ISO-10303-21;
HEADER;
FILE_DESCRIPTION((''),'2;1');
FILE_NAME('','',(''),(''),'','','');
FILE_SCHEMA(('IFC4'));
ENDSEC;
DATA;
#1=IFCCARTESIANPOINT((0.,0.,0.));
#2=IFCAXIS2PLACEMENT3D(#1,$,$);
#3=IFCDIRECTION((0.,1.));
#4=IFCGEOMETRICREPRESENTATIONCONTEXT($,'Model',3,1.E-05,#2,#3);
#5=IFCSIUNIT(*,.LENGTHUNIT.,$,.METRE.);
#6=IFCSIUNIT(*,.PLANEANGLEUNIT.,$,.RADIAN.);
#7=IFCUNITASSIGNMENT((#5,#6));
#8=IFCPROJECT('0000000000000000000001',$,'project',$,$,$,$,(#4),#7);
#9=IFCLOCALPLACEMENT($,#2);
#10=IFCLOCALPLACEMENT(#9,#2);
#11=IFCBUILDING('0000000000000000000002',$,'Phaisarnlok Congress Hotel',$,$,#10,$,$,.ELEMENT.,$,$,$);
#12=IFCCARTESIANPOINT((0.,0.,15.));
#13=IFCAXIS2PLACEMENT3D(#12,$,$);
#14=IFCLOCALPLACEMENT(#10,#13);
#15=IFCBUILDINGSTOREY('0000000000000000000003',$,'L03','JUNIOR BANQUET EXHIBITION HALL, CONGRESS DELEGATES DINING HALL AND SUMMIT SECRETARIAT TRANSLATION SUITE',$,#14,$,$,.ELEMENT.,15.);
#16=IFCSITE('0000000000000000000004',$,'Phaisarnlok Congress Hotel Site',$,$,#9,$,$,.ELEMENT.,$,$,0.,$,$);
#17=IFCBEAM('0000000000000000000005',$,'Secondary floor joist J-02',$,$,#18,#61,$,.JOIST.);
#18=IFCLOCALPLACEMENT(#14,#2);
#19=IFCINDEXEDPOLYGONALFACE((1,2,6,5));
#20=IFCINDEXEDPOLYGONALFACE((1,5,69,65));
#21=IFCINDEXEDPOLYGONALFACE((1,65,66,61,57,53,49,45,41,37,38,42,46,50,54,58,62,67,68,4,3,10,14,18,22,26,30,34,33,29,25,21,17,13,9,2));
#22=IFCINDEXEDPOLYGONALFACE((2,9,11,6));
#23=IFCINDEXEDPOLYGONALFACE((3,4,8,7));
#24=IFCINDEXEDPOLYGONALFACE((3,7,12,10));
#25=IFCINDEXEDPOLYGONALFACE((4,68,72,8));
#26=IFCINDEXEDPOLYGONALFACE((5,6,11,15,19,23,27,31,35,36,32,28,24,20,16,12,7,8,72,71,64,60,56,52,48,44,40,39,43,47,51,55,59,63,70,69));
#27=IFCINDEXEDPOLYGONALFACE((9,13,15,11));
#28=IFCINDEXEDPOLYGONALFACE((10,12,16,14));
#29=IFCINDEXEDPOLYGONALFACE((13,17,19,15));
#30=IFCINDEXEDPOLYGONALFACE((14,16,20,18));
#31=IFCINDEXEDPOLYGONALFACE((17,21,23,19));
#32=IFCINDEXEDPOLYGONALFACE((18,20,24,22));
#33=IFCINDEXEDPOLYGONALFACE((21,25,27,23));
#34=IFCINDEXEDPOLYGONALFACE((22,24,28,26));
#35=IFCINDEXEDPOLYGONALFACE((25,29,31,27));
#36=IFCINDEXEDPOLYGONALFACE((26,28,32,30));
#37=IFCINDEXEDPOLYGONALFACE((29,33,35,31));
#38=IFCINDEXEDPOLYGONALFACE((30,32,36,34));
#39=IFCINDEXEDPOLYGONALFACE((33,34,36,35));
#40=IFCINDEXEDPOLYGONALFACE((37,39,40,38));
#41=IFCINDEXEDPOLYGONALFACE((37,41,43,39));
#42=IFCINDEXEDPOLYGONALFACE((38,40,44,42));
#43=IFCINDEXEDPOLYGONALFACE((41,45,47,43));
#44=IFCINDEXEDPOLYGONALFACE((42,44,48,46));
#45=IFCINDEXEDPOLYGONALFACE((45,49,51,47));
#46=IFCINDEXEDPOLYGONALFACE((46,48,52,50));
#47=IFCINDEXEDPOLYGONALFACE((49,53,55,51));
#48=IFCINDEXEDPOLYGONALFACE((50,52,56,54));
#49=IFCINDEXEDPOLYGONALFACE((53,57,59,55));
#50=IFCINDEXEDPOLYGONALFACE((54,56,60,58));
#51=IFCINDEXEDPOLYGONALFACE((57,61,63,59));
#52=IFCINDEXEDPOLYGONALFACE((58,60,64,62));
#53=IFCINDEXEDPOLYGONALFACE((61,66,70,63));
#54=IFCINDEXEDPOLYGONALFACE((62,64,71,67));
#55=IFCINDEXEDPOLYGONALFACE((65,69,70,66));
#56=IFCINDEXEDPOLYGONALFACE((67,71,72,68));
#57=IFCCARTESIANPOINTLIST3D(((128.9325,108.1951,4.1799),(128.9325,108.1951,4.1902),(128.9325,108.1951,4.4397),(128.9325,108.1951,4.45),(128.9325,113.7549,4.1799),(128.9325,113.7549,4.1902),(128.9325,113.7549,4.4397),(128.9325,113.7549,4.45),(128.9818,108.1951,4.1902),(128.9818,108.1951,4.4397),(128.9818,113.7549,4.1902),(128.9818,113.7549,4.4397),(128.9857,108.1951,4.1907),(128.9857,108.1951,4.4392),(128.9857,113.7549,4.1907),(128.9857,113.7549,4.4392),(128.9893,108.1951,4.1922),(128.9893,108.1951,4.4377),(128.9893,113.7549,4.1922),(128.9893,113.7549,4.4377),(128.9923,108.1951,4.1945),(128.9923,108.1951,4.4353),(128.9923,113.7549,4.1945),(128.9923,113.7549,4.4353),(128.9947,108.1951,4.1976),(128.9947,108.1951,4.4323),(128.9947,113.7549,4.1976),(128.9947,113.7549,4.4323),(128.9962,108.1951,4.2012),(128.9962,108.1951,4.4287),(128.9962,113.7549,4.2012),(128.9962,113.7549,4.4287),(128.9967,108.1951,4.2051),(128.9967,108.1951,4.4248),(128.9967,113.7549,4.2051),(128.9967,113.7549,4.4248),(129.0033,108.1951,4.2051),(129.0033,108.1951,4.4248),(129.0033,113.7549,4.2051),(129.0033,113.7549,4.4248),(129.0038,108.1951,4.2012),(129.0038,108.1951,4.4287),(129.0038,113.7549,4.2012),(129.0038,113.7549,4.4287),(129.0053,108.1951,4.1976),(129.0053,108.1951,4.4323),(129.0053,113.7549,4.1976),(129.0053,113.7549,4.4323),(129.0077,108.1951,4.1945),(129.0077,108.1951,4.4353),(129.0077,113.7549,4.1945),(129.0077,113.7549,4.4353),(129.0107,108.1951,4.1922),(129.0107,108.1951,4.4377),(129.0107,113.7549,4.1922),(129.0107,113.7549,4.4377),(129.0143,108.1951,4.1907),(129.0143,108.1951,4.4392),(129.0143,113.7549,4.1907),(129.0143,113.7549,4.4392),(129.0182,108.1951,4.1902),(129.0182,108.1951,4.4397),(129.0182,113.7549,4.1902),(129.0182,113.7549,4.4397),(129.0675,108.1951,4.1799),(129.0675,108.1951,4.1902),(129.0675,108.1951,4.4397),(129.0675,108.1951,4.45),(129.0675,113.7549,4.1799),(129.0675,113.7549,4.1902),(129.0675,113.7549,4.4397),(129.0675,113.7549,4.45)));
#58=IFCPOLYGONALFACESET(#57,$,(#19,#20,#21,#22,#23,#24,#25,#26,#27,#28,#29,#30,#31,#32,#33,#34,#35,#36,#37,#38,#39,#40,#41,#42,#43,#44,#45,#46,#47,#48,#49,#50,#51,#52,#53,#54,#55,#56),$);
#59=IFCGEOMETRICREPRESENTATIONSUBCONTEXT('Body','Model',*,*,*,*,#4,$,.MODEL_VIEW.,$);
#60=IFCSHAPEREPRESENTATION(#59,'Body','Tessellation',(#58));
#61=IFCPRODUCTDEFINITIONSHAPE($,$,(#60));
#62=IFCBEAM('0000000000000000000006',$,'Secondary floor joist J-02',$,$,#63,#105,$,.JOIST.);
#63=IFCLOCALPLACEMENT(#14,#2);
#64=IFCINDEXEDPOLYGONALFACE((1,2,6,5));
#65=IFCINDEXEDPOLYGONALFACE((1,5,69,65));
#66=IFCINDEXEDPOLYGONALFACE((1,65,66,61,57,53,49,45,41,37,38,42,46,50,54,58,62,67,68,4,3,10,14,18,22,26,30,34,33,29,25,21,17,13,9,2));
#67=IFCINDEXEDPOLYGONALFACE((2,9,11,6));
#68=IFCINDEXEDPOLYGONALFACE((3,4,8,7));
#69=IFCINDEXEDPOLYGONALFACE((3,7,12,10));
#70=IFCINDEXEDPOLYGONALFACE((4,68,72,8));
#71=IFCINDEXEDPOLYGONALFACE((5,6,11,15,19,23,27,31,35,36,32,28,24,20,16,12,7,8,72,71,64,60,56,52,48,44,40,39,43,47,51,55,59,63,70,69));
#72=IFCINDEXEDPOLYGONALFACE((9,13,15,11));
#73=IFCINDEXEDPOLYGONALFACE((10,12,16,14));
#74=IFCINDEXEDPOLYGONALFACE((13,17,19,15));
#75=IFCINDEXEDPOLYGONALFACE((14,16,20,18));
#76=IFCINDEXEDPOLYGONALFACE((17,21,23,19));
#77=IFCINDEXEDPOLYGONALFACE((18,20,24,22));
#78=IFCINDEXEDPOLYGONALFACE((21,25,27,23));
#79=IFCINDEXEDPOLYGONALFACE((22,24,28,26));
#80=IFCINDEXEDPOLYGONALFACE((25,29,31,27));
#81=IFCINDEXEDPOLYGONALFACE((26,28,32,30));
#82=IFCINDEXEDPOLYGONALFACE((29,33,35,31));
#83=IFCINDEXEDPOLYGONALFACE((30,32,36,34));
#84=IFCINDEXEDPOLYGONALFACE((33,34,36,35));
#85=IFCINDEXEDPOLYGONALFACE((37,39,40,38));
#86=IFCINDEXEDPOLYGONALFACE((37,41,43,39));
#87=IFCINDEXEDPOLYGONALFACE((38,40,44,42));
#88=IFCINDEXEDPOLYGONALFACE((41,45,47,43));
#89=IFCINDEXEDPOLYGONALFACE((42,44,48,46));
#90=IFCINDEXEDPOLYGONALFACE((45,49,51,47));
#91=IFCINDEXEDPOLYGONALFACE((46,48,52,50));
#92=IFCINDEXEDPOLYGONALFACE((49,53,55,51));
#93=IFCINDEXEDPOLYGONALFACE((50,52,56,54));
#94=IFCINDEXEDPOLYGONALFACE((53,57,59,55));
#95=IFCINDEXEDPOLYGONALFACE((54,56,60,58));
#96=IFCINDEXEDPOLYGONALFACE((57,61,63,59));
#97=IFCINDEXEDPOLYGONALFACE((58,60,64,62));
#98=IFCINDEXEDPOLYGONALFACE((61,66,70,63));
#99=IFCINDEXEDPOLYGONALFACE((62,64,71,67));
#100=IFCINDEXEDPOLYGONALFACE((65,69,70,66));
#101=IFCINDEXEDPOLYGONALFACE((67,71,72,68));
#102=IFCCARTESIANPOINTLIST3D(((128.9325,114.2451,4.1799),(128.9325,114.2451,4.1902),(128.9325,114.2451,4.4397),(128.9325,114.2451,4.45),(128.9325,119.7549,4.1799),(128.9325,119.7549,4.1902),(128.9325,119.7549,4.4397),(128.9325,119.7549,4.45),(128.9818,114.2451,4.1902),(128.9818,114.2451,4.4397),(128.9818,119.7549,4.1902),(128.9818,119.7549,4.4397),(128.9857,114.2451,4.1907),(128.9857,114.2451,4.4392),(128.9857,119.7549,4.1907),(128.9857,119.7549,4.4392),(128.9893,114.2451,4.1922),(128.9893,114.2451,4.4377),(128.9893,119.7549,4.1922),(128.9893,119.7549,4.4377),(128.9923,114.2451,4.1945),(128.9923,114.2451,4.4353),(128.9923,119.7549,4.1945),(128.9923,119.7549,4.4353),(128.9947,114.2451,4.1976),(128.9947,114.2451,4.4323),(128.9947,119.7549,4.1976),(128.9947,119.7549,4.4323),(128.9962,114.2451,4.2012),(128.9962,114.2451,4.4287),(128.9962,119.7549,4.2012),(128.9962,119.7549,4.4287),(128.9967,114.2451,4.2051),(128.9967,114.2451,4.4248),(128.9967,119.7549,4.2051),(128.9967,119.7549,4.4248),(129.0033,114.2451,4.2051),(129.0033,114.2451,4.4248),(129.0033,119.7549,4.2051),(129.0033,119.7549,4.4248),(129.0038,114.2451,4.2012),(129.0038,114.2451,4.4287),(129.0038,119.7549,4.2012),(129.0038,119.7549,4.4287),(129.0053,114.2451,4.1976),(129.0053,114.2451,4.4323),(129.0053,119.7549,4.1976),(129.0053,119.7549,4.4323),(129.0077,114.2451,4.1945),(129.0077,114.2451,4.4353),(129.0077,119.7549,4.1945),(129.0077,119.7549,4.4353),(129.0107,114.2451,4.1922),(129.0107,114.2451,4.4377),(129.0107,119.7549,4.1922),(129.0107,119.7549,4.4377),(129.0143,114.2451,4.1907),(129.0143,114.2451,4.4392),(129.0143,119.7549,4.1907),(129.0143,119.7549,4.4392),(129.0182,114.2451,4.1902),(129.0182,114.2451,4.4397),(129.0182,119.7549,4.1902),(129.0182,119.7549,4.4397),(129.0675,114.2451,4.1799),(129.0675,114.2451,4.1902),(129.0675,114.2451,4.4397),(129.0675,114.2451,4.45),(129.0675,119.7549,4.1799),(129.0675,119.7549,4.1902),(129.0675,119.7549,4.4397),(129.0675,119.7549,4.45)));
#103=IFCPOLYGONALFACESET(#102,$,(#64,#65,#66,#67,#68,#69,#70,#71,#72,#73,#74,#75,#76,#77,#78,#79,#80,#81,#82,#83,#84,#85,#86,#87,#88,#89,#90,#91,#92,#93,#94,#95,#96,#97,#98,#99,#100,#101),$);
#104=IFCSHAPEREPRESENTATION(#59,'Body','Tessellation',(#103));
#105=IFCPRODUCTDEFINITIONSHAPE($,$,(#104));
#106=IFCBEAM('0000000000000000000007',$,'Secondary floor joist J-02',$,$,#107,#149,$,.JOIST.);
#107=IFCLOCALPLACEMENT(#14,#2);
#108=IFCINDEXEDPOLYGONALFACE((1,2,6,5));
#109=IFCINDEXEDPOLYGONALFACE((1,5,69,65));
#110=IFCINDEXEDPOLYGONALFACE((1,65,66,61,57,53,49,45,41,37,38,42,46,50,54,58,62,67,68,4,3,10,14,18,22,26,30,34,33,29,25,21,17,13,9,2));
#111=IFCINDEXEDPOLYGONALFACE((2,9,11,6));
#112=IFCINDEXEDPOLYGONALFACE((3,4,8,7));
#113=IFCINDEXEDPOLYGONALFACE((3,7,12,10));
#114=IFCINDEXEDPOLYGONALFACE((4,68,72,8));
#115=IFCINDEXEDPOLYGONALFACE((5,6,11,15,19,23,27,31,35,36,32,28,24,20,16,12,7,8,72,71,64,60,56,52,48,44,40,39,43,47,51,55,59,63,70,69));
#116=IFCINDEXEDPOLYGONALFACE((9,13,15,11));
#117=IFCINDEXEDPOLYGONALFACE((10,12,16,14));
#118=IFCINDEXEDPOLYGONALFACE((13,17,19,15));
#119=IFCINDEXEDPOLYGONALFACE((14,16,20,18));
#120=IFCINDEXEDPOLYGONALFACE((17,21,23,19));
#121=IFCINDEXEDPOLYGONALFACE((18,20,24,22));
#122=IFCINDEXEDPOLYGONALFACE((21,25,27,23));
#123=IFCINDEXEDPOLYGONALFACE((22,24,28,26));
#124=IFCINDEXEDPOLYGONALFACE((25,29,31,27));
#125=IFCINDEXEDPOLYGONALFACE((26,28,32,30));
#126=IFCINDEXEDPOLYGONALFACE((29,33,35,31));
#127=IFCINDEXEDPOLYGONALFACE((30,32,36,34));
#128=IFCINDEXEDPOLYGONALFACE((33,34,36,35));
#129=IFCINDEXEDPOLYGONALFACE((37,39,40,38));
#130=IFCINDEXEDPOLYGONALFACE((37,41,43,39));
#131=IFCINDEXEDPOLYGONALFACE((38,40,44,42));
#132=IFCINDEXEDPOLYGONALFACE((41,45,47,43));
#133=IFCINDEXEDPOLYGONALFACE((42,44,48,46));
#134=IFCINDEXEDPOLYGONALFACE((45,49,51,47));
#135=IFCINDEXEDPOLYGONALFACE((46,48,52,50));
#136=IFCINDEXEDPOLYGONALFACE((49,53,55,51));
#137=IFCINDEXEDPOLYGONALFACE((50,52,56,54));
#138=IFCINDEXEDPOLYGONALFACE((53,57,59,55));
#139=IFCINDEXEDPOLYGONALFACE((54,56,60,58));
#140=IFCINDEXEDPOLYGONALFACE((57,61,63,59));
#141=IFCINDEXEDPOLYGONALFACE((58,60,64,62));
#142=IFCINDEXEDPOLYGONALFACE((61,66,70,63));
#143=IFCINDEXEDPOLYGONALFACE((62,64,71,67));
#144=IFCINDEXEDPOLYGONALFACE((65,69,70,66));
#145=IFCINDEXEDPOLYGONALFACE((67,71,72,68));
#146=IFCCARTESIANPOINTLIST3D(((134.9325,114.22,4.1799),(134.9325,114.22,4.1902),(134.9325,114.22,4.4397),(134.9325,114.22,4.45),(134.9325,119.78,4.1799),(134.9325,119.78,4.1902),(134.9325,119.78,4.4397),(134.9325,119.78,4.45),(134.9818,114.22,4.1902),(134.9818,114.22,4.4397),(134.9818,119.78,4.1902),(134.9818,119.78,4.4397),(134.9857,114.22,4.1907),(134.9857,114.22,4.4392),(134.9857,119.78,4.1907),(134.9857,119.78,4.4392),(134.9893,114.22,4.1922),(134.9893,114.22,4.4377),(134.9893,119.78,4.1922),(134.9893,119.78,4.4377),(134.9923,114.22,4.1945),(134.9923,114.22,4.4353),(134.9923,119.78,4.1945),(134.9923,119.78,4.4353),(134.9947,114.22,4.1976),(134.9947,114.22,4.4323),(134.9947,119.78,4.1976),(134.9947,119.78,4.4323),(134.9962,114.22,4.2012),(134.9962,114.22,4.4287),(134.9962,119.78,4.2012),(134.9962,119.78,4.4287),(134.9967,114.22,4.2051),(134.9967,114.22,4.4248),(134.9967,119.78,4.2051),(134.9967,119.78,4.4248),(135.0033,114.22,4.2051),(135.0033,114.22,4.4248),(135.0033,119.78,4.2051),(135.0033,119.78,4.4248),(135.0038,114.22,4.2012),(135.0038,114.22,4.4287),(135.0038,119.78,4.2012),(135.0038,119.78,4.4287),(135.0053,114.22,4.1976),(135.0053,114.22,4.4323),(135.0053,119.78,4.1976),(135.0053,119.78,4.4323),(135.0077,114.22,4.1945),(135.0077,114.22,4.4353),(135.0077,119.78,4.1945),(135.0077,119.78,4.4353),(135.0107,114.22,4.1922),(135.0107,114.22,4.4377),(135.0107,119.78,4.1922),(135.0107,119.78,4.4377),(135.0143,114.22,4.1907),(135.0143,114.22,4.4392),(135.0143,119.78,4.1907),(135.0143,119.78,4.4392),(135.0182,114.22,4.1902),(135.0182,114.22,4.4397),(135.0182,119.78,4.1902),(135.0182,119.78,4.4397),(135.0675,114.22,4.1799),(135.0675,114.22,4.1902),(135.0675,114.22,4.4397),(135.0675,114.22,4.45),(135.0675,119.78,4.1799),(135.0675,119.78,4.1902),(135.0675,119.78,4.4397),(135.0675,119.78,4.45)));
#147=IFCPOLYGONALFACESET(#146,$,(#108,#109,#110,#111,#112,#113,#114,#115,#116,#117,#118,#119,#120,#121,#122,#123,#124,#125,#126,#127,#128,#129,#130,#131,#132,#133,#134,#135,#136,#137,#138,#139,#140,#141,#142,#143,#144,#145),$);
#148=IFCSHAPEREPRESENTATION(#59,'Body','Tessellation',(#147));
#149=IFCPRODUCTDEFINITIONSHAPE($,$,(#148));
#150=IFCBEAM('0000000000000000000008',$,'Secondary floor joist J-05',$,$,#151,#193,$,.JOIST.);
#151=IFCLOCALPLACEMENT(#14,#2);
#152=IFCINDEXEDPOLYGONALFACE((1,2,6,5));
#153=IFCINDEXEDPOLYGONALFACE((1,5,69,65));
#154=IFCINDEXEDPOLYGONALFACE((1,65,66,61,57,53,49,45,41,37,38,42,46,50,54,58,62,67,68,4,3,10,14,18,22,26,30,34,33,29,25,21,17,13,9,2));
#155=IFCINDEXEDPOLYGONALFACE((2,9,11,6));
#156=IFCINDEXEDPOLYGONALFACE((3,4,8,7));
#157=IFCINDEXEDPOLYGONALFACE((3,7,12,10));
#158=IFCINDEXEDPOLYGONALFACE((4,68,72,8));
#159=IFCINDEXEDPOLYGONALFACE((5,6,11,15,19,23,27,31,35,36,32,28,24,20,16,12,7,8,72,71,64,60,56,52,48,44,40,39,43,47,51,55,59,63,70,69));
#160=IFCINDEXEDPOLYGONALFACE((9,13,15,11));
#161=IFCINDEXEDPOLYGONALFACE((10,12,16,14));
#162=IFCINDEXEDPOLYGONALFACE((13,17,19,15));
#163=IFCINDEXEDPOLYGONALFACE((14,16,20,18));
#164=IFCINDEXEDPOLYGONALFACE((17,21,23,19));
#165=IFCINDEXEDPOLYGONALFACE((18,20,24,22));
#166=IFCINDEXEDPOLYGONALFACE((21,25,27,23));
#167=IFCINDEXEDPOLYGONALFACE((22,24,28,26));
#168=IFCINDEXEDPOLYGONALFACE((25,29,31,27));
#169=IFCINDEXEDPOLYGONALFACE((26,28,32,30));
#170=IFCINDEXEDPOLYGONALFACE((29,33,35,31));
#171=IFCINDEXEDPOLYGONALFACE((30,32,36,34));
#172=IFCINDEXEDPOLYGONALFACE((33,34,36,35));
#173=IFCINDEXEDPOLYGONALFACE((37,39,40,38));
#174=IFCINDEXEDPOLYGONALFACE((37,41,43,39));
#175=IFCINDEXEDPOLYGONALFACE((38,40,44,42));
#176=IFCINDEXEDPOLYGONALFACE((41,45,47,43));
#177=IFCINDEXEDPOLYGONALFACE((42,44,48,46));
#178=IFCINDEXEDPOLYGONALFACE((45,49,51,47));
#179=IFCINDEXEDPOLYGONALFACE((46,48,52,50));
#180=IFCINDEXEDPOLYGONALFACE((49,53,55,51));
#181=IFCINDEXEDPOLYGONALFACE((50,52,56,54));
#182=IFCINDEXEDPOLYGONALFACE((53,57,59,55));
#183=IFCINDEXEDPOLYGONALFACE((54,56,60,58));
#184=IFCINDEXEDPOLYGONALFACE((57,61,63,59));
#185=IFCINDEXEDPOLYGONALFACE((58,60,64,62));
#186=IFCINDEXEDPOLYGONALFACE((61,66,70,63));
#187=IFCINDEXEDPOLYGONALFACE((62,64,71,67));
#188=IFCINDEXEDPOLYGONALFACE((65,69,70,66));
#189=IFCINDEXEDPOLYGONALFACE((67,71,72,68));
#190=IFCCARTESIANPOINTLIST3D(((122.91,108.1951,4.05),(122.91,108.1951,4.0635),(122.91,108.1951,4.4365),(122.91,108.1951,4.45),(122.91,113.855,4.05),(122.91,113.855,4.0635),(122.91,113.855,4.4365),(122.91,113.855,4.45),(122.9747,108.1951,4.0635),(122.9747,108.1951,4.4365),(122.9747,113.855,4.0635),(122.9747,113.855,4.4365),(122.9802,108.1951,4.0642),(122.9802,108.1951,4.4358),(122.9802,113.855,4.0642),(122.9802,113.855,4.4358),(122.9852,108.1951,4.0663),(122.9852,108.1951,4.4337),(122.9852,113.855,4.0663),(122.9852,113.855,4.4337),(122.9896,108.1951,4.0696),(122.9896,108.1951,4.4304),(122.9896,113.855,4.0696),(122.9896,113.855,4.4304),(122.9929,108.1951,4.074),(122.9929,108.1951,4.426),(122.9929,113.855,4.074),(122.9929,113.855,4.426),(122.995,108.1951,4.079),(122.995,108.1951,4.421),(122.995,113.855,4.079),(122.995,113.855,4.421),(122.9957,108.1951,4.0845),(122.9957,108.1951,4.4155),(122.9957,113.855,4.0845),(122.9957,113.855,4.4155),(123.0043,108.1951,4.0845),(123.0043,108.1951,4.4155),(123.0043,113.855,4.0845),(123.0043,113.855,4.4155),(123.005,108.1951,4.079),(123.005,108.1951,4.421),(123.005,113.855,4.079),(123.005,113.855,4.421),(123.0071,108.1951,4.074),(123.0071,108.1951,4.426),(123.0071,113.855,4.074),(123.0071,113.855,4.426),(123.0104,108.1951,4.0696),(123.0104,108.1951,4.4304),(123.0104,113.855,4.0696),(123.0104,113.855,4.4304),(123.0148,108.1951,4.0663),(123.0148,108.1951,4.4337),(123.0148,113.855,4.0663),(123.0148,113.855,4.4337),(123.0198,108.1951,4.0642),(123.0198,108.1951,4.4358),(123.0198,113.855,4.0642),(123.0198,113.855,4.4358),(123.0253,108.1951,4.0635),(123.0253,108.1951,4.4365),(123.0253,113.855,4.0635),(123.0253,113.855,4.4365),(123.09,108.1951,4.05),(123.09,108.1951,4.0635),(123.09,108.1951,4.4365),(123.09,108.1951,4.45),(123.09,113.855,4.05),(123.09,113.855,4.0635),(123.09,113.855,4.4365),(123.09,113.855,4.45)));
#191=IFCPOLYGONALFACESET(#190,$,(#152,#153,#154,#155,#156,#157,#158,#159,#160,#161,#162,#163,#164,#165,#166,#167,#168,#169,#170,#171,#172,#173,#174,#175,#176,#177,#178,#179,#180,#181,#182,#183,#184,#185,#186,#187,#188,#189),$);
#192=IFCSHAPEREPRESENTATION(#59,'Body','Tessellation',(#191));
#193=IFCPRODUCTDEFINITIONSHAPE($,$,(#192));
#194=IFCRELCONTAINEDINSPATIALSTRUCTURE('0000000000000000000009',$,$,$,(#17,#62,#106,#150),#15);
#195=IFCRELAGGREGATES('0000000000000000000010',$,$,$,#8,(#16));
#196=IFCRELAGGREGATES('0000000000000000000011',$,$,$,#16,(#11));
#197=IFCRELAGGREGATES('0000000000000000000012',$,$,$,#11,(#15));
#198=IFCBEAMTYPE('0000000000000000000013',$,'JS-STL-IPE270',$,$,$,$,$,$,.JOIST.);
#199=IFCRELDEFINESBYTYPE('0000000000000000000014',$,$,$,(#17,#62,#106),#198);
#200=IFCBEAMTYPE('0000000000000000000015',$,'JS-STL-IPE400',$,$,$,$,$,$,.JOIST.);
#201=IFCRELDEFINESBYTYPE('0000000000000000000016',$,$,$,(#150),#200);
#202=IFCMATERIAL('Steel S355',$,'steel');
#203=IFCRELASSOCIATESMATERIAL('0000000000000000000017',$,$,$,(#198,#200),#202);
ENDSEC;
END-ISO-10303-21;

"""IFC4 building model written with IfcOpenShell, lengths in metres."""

from ifc_helpers import new_model, si_unit, direction, frame, origin, origin_2d, place, context, subcontext, project, spatial, i_section, extrude, material, material_profile, profile_set, type_object, element, save


model = new_model("IFC4")

# Units and contexts
model_context = context("Model", 3, precision=1e-05, world=origin(), true_north=direction((0.0, 1.0)))
body_context = subcontext(model_context, "Body", "Model", "MODEL_VIEW")
ifc_project = project(units=[si_unit("LENGTHUNIT", "METRE"), si_unit("PLANEANGLEUNIT", "RADIAN")], contexts=[model_context])

# Site, building, storey
site_placement = place(None, origin())
site = spatial("IfcSite", under=ifc_project, at=site_placement, Name="Phaisarnlok Congress Hotel Site", CompositionType="ELEMENT", RefElevation=0.0)
building_placement = place(site_placement, origin())
building = spatial("IfcBuilding", under=site, at=building_placement, Name="Phaisarnlok Congress Hotel", CompositionType="ELEMENT")
storey_placement = place(building_placement, frame((0.0, 0.0, 15.0)))
storey = spatial("IfcBuildingStorey", under=building, at=storey_placement, Name="L03", Description="JUNIOR BANQUET EXHIBITION HALL, CONGRESS DELEGATES DINING HALL AND SUMMIT SECRETARIAT TRANSLATION SUITE", CompositionType="ELEMENT", Elevation=15.0)

# Beams
ifc_material_1 = material(Name="Steel S355", Category="steel")
ifc_material_profile_1 = material_profile(ifc_material_1, i_section(OverallWidth=0.135, OverallDepth=0.27, WebThickness=0.0066, FlangeThickness=0.0103, FilletRadius=0.0149, at=origin_2d()), Name="IPE 270")
ifc_profile_set_1 = profile_set([ifc_material_profile_1], Name="Steel S355")
beam_type_1 = type_object("IfcBeamType", Name="JS-STL-IPE270", PredefinedType="JOIST", material=ifc_profile_set_1)
beam_1_placement = place(storey_placement, frame((129.0, 108.1951, 4.3149), z_axis=(0.0, 1.0, 0.0), x_axis=(-1.0, 0.0, 0.0)))
element("IfcBeam", 1, at=beam_1_placement, inside=storey, type_object=beam_type_1, Name="Secondary floor joist J-02", PredefinedType="JOIST", context=body_context, shape_type="SweptSolid", body=[
    extrude(i_section(OverallWidth=0.135, OverallDepth=0.27, WebThickness=0.0066, FlangeThickness=0.0103, FilletRadius=0.0149, at=origin_2d()), origin(), (0.0, 0.0, 1.0), 5.5598),
])
beam_2_placement = place(storey_placement, frame((129.0, 114.2451, 4.3149), z_axis=(0.0, 1.0, 0.0), x_axis=(-1.0, 0.0, 0.0)))
element("IfcBeam", 2, at=beam_2_placement, inside=storey, type_object=beam_type_1, Name="Secondary floor joist J-02", PredefinedType="JOIST", context=body_context, shape_type="SweptSolid", body=[
    extrude(i_section(OverallWidth=0.135, OverallDepth=0.27, WebThickness=0.0066, FlangeThickness=0.0103, FilletRadius=0.0149, at=origin_2d()), origin(), (0.0, 0.0, 1.0), 5.5098),
])
beam_3_placement = place(storey_placement, frame((135.0, 114.22, 4.3149), z_axis=(0.0, 1.0, 0.0), x_axis=(-1.0, 0.0, 0.0)))
element("IfcBeam", 3, at=beam_3_placement, inside=storey, type_object=beam_type_1, Name="Secondary floor joist J-02", PredefinedType="JOIST", context=body_context, shape_type="SweptSolid", body=[
    extrude(i_section(OverallWidth=0.135, OverallDepth=0.27, WebThickness=0.0066, FlangeThickness=0.0103, FilletRadius=0.0149, at=origin_2d()), origin(), (0.0, 0.0, 1.0), 5.5601),
])
ifc_material_profile_2 = material_profile(ifc_material_1, i_section(OverallWidth=0.1799, OverallDepth=0.3999, WebThickness=0.0085, FlangeThickness=0.0134, FilletRadius=0.021, at=origin_2d()), Name="IPE 400")
ifc_profile_set_2 = profile_set([ifc_material_profile_2], Name="Steel S355")
beam_type_2 = type_object("IfcBeamType", Name="JS-STL-IPE400", PredefinedType="JOIST", material=ifc_profile_set_2)
beam_4_placement = place(storey_placement, frame((123.0, 108.1951, 4.25), z_axis=(0.0, 1.0, 0.0), x_axis=(-1.0, 0.0, 0.0)))
element("IfcBeam", 4, at=beam_4_placement, inside=storey, type_object=beam_type_2, Name="Secondary floor joist J-05", PredefinedType="JOIST", context=body_context, shape_type="SweptSolid", body=[
    extrude(i_section(OverallWidth=0.1799, OverallDepth=0.3999, WebThickness=0.0085, FlangeThickness=0.0134, FilletRadius=0.021, at=origin_2d()), origin(), (0.0, 0.0, 1.0), 5.6599),
])

save(model, "model.ifc")
